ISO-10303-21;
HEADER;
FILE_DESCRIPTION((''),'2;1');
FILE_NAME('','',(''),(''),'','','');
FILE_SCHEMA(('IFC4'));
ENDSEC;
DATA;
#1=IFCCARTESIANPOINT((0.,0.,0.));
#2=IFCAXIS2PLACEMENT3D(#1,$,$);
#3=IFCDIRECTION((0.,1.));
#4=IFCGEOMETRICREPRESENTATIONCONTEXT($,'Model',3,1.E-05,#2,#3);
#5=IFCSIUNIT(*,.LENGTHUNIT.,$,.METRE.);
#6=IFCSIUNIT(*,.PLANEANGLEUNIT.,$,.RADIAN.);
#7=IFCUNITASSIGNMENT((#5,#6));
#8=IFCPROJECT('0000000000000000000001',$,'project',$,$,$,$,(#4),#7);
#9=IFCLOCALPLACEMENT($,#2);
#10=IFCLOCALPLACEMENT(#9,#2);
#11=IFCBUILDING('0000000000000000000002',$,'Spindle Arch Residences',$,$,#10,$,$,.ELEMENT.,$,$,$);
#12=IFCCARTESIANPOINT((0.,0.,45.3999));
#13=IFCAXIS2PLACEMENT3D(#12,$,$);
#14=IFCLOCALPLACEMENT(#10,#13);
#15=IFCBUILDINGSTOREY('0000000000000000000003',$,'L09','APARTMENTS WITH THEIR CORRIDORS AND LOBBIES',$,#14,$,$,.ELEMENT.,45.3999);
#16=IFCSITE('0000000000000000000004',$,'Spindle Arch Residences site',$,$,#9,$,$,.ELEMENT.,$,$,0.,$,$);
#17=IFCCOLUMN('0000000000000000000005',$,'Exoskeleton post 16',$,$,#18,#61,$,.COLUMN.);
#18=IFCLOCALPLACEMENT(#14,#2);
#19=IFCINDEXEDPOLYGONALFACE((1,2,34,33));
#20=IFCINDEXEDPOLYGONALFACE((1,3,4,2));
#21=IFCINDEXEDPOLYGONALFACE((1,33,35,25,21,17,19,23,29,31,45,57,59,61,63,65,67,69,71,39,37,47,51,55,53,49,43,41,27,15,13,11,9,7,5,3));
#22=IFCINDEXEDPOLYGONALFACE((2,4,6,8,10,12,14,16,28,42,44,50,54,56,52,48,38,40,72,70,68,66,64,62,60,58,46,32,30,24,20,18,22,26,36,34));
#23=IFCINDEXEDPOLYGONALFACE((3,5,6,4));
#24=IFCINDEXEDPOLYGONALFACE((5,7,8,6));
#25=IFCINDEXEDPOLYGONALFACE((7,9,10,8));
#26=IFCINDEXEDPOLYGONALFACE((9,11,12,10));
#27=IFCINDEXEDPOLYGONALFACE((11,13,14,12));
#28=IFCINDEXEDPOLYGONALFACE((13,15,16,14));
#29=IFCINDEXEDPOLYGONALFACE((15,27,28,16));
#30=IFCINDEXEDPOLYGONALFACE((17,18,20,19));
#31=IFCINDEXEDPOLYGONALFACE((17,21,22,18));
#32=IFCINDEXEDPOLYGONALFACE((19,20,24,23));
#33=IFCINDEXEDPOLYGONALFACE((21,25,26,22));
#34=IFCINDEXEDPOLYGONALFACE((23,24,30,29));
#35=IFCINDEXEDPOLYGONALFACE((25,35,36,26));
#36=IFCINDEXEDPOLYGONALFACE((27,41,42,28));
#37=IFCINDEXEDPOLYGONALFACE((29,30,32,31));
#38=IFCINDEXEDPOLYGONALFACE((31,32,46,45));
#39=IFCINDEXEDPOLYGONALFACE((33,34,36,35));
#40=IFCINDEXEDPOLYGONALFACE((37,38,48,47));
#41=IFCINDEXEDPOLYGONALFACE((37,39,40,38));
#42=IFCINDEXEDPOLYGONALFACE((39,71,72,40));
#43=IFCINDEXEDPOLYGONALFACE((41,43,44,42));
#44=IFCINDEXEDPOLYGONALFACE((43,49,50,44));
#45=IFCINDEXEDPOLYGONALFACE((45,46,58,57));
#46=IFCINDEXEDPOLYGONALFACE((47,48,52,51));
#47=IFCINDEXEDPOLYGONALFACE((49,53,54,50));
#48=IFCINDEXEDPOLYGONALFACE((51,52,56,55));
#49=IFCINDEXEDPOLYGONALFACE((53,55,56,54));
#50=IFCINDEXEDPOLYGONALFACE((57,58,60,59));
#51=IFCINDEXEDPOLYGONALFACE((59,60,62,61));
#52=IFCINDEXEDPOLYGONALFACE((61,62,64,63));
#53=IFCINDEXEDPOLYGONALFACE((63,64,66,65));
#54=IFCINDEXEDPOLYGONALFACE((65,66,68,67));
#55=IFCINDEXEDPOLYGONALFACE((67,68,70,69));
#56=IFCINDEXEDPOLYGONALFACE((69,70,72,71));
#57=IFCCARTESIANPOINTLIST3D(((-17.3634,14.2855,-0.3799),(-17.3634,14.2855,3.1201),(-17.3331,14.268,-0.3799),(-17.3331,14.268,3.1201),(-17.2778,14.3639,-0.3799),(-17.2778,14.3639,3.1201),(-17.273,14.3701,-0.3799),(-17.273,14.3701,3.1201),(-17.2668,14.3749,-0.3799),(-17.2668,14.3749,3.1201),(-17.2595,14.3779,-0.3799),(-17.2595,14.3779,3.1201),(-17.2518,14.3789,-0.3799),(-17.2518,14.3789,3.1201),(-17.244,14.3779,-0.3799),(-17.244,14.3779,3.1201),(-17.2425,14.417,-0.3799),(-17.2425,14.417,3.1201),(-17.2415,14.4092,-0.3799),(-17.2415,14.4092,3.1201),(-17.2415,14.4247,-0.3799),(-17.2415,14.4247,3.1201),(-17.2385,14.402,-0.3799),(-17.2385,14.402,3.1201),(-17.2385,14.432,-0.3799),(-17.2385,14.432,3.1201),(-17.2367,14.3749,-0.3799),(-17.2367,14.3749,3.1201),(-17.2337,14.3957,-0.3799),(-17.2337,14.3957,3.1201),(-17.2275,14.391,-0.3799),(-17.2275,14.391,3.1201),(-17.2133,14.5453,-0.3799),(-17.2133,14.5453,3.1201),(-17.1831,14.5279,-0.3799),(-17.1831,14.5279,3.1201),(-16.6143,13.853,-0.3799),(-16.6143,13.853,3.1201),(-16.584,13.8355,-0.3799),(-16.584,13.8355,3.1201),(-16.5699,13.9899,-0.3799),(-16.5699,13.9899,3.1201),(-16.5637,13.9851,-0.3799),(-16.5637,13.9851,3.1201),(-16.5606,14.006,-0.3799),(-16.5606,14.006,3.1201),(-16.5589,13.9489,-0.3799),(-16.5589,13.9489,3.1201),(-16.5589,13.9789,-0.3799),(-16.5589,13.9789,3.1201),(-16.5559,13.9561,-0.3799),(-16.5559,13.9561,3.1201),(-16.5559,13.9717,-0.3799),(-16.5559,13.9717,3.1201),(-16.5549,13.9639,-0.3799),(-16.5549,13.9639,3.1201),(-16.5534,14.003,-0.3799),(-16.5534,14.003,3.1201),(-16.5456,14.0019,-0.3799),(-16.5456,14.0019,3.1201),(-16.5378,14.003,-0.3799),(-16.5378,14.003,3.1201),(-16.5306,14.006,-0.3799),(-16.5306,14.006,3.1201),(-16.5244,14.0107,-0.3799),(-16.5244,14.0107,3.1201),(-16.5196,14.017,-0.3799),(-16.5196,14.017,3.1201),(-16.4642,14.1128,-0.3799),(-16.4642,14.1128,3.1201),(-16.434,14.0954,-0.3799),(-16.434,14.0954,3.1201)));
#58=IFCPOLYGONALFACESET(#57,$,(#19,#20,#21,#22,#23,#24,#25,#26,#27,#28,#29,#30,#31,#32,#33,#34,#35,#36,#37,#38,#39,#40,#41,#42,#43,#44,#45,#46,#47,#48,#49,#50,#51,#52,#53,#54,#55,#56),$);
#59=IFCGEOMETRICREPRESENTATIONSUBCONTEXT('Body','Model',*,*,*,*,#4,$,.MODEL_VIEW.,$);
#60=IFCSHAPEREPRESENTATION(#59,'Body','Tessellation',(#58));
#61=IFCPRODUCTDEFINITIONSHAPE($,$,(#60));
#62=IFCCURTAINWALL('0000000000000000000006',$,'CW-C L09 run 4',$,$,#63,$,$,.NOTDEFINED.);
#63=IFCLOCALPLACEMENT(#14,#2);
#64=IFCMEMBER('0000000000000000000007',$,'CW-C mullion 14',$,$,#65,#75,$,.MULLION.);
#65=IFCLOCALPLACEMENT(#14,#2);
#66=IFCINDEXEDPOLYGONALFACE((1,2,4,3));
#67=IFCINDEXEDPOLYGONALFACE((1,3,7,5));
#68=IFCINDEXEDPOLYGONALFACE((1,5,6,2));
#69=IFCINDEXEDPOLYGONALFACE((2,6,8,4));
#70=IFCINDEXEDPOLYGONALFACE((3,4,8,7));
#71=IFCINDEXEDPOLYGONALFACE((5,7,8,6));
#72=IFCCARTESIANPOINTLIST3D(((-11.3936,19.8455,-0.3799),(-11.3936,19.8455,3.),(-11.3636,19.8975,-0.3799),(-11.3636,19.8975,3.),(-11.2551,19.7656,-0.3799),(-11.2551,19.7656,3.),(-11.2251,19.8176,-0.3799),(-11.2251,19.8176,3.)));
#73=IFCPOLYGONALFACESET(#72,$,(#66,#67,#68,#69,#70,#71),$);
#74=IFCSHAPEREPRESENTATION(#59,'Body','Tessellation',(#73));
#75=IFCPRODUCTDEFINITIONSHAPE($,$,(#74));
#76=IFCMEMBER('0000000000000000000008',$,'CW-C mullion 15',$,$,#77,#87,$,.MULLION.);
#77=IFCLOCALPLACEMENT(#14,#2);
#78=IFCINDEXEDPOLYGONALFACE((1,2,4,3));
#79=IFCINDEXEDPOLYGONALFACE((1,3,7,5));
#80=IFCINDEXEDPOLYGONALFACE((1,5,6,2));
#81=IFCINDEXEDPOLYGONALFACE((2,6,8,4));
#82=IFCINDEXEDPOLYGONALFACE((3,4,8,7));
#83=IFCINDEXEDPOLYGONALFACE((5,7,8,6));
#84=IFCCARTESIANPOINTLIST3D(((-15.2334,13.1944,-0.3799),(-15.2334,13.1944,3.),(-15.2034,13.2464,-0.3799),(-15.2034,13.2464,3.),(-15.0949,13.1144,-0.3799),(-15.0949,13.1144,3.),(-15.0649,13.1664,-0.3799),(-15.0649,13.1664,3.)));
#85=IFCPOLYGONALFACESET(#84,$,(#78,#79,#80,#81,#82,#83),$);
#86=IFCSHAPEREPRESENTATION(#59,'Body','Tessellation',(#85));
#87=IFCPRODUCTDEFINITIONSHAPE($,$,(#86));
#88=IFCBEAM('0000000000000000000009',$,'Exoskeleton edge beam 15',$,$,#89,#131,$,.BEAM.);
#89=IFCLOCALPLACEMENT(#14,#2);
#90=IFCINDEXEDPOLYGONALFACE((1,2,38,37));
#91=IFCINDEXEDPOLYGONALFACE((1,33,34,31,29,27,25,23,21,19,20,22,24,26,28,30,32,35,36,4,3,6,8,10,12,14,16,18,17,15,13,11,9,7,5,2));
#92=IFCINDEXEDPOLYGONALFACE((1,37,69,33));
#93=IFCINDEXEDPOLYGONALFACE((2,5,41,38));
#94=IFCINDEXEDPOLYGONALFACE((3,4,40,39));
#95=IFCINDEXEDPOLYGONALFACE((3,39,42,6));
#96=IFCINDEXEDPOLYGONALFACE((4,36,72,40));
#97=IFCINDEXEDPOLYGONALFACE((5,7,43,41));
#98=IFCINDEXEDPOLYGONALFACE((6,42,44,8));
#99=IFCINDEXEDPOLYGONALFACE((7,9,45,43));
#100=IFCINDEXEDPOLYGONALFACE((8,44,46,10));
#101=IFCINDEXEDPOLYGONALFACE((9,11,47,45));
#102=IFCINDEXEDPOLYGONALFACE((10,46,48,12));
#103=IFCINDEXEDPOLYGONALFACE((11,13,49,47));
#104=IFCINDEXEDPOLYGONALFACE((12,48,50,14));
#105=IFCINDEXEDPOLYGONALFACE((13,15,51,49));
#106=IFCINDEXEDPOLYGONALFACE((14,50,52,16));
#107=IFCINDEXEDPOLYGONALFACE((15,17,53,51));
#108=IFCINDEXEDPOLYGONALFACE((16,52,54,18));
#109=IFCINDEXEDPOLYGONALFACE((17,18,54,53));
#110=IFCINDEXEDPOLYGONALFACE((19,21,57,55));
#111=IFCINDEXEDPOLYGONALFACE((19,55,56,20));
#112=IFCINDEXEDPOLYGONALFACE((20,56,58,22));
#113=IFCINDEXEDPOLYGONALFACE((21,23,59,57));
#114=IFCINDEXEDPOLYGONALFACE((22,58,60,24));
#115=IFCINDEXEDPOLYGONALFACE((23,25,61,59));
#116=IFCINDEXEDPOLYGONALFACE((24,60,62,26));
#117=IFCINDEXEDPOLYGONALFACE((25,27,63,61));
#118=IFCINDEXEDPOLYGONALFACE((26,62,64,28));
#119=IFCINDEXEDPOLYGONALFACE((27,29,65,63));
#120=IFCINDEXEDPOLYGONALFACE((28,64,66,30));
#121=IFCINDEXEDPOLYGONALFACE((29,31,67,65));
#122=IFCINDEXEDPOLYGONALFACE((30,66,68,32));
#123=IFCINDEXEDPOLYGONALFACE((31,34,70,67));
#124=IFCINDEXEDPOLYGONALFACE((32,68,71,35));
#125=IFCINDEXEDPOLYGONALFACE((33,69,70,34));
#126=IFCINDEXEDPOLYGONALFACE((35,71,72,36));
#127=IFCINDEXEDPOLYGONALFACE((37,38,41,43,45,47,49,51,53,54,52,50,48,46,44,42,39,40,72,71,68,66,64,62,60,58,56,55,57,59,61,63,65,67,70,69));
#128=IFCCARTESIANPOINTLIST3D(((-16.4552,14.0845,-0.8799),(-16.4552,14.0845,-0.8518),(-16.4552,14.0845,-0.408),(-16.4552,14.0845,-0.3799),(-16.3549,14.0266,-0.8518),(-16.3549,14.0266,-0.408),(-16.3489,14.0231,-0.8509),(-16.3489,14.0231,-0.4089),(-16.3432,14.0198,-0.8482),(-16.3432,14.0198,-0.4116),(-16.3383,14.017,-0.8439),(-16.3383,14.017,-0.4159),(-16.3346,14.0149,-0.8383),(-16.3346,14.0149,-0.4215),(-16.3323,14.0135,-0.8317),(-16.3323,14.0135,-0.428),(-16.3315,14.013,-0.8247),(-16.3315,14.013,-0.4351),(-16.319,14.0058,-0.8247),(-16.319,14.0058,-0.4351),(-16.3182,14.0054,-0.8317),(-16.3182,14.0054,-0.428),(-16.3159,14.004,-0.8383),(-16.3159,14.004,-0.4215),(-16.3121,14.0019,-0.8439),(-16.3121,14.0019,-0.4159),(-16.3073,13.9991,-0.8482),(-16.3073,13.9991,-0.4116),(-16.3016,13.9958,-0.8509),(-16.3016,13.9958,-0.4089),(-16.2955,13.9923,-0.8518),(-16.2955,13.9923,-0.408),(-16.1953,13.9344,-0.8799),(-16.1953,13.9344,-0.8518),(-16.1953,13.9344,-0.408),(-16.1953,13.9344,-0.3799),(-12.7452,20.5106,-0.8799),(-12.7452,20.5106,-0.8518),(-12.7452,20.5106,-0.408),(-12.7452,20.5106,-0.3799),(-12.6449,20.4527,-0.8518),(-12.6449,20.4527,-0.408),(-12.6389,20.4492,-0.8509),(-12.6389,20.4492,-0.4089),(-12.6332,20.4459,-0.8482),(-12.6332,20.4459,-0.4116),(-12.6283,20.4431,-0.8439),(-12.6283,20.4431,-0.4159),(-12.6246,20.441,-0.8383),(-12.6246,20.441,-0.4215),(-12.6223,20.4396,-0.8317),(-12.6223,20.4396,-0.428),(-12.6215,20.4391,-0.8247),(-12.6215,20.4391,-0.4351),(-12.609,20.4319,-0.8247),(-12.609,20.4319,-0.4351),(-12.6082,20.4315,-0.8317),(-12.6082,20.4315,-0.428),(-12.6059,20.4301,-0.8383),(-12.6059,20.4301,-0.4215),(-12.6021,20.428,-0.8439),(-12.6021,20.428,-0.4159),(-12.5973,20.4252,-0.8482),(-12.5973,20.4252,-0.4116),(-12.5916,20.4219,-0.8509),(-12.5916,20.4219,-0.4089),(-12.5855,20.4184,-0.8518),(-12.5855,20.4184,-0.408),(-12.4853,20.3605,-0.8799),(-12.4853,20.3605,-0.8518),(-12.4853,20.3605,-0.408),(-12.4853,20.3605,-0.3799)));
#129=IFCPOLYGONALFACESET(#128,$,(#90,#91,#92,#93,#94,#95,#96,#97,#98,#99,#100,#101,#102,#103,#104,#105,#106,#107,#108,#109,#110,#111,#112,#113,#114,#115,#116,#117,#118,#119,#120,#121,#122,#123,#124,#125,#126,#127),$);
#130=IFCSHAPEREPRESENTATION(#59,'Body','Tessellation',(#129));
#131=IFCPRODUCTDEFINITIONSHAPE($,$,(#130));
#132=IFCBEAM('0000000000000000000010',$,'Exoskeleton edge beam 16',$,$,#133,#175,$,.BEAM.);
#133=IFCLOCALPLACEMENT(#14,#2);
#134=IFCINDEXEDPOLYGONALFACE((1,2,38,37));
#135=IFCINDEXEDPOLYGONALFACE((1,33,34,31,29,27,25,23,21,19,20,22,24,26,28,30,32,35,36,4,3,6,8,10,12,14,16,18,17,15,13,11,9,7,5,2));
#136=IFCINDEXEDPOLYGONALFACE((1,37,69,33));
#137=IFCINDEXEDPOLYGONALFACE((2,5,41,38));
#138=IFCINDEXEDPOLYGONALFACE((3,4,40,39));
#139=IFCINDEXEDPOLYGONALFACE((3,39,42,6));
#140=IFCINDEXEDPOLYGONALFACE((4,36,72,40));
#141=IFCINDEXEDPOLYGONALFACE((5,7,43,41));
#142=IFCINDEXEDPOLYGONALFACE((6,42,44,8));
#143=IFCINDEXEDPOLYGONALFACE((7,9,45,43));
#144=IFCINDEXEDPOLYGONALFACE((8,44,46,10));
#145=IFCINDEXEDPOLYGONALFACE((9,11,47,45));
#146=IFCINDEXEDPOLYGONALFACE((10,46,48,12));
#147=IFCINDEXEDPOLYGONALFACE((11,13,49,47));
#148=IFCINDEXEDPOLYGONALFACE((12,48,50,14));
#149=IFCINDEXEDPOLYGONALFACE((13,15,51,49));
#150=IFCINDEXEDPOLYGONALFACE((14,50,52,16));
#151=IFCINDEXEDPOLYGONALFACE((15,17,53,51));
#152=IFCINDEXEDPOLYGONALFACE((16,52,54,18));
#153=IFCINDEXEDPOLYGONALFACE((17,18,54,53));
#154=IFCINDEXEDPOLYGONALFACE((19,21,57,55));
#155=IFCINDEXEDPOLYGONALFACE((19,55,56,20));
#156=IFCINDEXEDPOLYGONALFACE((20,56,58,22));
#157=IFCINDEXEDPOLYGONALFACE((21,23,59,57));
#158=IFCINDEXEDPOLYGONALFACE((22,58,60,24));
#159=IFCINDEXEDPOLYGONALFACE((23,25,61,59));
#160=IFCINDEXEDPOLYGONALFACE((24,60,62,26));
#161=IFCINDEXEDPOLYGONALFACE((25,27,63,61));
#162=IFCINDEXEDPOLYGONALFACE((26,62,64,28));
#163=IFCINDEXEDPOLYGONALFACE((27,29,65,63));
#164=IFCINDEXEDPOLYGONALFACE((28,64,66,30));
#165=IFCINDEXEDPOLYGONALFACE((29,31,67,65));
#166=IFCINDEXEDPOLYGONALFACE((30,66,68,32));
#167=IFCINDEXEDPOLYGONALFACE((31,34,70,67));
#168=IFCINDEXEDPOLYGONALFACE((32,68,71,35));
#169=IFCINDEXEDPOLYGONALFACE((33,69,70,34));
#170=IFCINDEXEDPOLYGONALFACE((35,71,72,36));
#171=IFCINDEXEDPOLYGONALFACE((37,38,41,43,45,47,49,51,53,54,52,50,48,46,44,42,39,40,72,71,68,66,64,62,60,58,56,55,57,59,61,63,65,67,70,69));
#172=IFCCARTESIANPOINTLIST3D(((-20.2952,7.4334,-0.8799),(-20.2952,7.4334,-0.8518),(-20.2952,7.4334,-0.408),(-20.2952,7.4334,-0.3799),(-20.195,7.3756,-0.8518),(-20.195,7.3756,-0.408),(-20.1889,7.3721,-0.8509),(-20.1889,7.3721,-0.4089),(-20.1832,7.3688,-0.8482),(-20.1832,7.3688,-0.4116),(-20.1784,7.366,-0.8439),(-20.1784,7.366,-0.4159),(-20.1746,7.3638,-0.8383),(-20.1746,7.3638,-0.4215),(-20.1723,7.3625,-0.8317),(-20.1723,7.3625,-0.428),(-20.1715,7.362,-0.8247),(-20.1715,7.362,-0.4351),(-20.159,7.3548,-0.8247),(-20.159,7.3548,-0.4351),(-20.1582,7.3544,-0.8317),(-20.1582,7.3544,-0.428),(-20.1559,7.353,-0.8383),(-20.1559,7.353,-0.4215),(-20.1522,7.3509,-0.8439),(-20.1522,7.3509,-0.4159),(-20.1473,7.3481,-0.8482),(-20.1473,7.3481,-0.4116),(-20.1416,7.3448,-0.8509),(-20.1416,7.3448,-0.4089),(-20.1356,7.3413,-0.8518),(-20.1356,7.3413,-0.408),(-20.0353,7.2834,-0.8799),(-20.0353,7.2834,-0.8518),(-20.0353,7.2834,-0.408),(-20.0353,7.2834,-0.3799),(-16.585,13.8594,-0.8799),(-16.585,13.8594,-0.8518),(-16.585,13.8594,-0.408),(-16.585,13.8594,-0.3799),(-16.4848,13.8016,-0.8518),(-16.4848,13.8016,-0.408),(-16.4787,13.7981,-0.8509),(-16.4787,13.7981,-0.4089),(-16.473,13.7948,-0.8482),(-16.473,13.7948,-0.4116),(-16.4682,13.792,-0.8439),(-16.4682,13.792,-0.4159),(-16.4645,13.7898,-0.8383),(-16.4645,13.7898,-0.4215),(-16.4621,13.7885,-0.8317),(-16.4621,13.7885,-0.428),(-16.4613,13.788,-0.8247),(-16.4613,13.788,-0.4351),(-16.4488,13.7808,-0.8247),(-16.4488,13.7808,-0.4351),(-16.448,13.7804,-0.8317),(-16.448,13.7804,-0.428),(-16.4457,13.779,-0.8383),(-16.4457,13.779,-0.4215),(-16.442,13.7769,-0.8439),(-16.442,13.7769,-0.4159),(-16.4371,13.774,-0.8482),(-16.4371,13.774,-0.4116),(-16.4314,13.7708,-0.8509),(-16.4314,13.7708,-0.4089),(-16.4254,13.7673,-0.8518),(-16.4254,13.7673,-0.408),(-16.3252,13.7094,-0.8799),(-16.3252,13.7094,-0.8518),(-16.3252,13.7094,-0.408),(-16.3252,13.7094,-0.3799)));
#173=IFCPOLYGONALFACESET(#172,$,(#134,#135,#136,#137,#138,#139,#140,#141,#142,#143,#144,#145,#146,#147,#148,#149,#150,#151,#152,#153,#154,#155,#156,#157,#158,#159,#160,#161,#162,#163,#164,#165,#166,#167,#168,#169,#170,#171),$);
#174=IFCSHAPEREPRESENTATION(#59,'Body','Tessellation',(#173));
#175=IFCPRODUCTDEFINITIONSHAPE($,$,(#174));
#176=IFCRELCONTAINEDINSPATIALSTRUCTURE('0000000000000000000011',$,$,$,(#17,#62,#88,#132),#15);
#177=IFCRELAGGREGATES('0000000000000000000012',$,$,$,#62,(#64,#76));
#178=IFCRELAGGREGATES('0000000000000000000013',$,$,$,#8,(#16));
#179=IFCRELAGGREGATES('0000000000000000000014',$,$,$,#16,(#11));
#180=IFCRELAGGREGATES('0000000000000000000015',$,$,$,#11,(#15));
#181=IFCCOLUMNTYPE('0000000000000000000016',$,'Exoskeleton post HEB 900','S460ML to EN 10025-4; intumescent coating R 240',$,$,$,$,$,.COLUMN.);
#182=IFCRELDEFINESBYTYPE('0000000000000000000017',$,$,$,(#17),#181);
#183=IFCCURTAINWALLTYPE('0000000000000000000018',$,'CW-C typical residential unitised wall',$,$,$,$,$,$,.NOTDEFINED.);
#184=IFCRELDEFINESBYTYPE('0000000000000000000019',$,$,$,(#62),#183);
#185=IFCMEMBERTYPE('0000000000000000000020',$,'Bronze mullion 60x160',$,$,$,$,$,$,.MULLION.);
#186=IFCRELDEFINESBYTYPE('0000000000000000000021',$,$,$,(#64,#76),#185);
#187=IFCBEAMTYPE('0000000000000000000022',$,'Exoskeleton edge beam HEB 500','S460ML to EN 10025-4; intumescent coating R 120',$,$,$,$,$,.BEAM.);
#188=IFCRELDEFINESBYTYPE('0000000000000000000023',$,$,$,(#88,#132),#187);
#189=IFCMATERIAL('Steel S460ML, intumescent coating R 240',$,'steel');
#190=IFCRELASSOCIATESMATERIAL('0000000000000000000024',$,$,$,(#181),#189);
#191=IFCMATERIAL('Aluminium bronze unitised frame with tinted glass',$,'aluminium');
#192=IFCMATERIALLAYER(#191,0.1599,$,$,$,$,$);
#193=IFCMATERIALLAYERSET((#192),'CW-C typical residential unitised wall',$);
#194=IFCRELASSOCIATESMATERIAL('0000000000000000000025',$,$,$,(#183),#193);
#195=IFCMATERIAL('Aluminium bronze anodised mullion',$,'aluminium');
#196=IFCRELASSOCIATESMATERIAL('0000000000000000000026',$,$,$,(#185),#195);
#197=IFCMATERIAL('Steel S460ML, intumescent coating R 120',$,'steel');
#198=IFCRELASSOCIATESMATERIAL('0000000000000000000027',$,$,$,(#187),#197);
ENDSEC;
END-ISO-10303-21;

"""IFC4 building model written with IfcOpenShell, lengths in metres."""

from ifc_helpers import new_model, si_unit, direction, frame, origin, origin_2d, place, context, subcontext, project, spatial, rectangle, i_section, extrude, material, layer, layer_set, material_profile, profile_set, type_object, element, aggregate, save


model = new_model("IFC4")

# Units and contexts
model_context = context("Model", 3, precision=1e-05, world=origin(), true_north=direction((0.0, 1.0)))
body_context = subcontext(model_context, "Body", "Model", "MODEL_VIEW")
ifc_project = project(units=[si_unit("LENGTHUNIT", "METRE"), si_unit("PLANEANGLEUNIT", "RADIAN")], contexts=[model_context])

# Site, building, storey
site_placement = place(None, origin())
site = spatial("IfcSite", under=ifc_project, at=site_placement, Name="Spindle Arch Residences site", CompositionType="ELEMENT", RefElevation=0.0)
building_placement = place(site_placement, origin())
building = spatial("IfcBuilding", under=site, at=building_placement, Name="Spindle Arch Residences", CompositionType="ELEMENT")
storey_placement = place(building_placement, frame((0.0, 0.0, 45.3999)))
storey = spatial("IfcBuildingStorey", under=building, at=storey_placement, Name="L09", Description="APARTMENTS WITH THEIR CORRIDORS AND LOBBIES", CompositionType="ELEMENT", Elevation=45.3999)

# Column
ifc_material_1 = material(Name="Steel S460ML, intumescent coating R 240", Category="steel")
ifc_material_profile_1 = material_profile(ifc_material_1, i_section(OverallWidth=0.3, OverallDepth=0.8999, WebThickness=0.0186, FlangeThickness=0.0349, FilletRadius=0.03, at=origin_2d()), Name="HEB 900")
ifc_profile_set_1 = profile_set([ifc_material_profile_1], Name="Steel S460ML, intumescent coating R 240")
column_type = type_object("IfcColumnType", Name="Exoskeleton post HEB 900", Description="S460ML to EN 10025-4; intumescent coating R 240", PredefinedType="COLUMN", material=ifc_profile_set_1)
column_placement = place(storey_placement, frame((-16.8987, 14.1904, -0.3799), z_axis=(0.0, 0.0, 1.0), x_axis=(0.5, 0.866025, 0.0)))
element("IfcColumn", 1, at=column_placement, inside=storey, type_object=column_type, Name="Exoskeleton post 16", PredefinedType="COLUMN", context=body_context, shape_type="SweptSolid", body=[
    extrude(i_section(OverallWidth=0.3, OverallDepth=0.8999, WebThickness=0.0186, FlangeThickness=0.0349, FilletRadius=0.03, at=origin_2d()), origin(), (0.0, 0.0, 1.0), 3.5),
])

# Curtain wall, members
ifc_material_2 = material(Name="Aluminium bronze unitised frame with tinted glass", Category="aluminium")
ifc_layer_1 = layer(ifc_material_2, 0.1599)
ifc_layer_set_1 = layer_set([ifc_layer_1], Name="CW-C typical residential unitised wall")
curtain_wall_type = type_object("IfcCurtainWallType", Name="CW-C typical residential unitised wall", PredefinedType="NOTDEFINED", material=ifc_layer_set_1)
curtain_wall_placement = place(storey_placement, origin())
curtain_wall = element("IfcCurtainWall", 2, at=curtain_wall_placement, inside=storey, type_object=curtain_wall_type, Name="CW-C L09 run 4", PredefinedType="NOTDEFINED")
ifc_material_3 = material(Name="Aluminium bronze anodised mullion", Category="aluminium")
ifc_material_profile_2 = material_profile(ifc_material_3, rectangle(XDim=0.1599, YDim=0.0601, at=origin_2d()), Name="MU 60x160")
ifc_profile_set_2 = profile_set([ifc_material_profile_2], Name="Aluminium bronze anodised mullion")
member_type = type_object("IfcMemberType", Name="Bronze mullion 60x160", PredefinedType="MULLION", material=ifc_profile_set_2)
member_1_placement = place(storey_placement, frame((-11.3093, 19.8315, -0.3799), z_axis=(0.0, 0.0, 1.0), x_axis=(0.866025, -0.5, 0.0)))
member_1 = element("IfcMember", 3, at=member_1_placement, type_object=member_type, Name="CW-C mullion 14", PredefinedType="MULLION", context=body_context, shape_type="SweptSolid", body=[
    extrude(rectangle(XDim=0.1599, YDim=0.0601, at=origin_2d()), origin(), (0.0, 0.0, 1.0), 3.3799),
])
member_2_placement = place(storey_placement, frame((-15.1492, 13.1804, -0.3799), z_axis=(0.0, 0.0, 1.0), x_axis=(0.866025, -0.5, 0.0)))
member_2 = element("IfcMember", 4, at=member_2_placement, type_object=member_type, Name="CW-C mullion 15", PredefinedType="MULLION", context=body_context, shape_type="SweptSolid", body=[
    extrude(rectangle(XDim=0.1599, YDim=0.0601, at=origin_2d()), origin(), (0.0, 0.0, 1.0), 3.3799),
])

# Beams
ifc_material_4 = material(Name="Steel S460ML, intumescent coating R 120", Category="steel")
ifc_material_profile_3 = material_profile(ifc_material_4, i_section(OverallWidth=0.3, OverallDepth=0.5, WebThickness=0.0144, FlangeThickness=0.0281, FilletRadius=0.0271, at=origin_2d()), Name="HEB 500")
ifc_profile_set_3 = profile_set([ifc_material_profile_3], Name="Steel S460ML, intumescent coating R 120")
beam_type_1 = type_object("IfcBeamType", Name="Exoskeleton edge beam HEB 500", Description="S460ML to EN 10025-4; intumescent coating R 120", PredefinedType="BEAM", material=ifc_profile_set_3)
for number, where, z_axis, x_axis, name in (
    (5, (-12.6152, 20.4355, -0.6299), (-0.499989, -0.866032, 0.0), (0.866032, -0.499989, 0.0), "Exoskeleton edge beam 15"),
    (6, (-16.4551, 13.7844, -0.6299), (-0.500014, -0.866017, 0.0), (0.866017, -0.500014, 0.0), "Exoskeleton edge beam 16"),
):
    element("IfcBeam", number, at=place(storey_placement, frame(where, z_axis=z_axis, x_axis=x_axis)), inside=storey, type_object=beam_type_1, Name=name, PredefinedType="BEAM", context=body_context, shape_type="SweptSolid", body=[
        extrude(i_section(OverallWidth=0.3, OverallDepth=0.5, WebThickness=0.0144, FlangeThickness=0.0281, FilletRadius=0.0271, at=origin_2d()), origin(), (0.0, 0.0, 1.0), 7.4202),
    ])

aggregate(curtain_wall, [member_1, member_2])

save(model, "model.ifc")
